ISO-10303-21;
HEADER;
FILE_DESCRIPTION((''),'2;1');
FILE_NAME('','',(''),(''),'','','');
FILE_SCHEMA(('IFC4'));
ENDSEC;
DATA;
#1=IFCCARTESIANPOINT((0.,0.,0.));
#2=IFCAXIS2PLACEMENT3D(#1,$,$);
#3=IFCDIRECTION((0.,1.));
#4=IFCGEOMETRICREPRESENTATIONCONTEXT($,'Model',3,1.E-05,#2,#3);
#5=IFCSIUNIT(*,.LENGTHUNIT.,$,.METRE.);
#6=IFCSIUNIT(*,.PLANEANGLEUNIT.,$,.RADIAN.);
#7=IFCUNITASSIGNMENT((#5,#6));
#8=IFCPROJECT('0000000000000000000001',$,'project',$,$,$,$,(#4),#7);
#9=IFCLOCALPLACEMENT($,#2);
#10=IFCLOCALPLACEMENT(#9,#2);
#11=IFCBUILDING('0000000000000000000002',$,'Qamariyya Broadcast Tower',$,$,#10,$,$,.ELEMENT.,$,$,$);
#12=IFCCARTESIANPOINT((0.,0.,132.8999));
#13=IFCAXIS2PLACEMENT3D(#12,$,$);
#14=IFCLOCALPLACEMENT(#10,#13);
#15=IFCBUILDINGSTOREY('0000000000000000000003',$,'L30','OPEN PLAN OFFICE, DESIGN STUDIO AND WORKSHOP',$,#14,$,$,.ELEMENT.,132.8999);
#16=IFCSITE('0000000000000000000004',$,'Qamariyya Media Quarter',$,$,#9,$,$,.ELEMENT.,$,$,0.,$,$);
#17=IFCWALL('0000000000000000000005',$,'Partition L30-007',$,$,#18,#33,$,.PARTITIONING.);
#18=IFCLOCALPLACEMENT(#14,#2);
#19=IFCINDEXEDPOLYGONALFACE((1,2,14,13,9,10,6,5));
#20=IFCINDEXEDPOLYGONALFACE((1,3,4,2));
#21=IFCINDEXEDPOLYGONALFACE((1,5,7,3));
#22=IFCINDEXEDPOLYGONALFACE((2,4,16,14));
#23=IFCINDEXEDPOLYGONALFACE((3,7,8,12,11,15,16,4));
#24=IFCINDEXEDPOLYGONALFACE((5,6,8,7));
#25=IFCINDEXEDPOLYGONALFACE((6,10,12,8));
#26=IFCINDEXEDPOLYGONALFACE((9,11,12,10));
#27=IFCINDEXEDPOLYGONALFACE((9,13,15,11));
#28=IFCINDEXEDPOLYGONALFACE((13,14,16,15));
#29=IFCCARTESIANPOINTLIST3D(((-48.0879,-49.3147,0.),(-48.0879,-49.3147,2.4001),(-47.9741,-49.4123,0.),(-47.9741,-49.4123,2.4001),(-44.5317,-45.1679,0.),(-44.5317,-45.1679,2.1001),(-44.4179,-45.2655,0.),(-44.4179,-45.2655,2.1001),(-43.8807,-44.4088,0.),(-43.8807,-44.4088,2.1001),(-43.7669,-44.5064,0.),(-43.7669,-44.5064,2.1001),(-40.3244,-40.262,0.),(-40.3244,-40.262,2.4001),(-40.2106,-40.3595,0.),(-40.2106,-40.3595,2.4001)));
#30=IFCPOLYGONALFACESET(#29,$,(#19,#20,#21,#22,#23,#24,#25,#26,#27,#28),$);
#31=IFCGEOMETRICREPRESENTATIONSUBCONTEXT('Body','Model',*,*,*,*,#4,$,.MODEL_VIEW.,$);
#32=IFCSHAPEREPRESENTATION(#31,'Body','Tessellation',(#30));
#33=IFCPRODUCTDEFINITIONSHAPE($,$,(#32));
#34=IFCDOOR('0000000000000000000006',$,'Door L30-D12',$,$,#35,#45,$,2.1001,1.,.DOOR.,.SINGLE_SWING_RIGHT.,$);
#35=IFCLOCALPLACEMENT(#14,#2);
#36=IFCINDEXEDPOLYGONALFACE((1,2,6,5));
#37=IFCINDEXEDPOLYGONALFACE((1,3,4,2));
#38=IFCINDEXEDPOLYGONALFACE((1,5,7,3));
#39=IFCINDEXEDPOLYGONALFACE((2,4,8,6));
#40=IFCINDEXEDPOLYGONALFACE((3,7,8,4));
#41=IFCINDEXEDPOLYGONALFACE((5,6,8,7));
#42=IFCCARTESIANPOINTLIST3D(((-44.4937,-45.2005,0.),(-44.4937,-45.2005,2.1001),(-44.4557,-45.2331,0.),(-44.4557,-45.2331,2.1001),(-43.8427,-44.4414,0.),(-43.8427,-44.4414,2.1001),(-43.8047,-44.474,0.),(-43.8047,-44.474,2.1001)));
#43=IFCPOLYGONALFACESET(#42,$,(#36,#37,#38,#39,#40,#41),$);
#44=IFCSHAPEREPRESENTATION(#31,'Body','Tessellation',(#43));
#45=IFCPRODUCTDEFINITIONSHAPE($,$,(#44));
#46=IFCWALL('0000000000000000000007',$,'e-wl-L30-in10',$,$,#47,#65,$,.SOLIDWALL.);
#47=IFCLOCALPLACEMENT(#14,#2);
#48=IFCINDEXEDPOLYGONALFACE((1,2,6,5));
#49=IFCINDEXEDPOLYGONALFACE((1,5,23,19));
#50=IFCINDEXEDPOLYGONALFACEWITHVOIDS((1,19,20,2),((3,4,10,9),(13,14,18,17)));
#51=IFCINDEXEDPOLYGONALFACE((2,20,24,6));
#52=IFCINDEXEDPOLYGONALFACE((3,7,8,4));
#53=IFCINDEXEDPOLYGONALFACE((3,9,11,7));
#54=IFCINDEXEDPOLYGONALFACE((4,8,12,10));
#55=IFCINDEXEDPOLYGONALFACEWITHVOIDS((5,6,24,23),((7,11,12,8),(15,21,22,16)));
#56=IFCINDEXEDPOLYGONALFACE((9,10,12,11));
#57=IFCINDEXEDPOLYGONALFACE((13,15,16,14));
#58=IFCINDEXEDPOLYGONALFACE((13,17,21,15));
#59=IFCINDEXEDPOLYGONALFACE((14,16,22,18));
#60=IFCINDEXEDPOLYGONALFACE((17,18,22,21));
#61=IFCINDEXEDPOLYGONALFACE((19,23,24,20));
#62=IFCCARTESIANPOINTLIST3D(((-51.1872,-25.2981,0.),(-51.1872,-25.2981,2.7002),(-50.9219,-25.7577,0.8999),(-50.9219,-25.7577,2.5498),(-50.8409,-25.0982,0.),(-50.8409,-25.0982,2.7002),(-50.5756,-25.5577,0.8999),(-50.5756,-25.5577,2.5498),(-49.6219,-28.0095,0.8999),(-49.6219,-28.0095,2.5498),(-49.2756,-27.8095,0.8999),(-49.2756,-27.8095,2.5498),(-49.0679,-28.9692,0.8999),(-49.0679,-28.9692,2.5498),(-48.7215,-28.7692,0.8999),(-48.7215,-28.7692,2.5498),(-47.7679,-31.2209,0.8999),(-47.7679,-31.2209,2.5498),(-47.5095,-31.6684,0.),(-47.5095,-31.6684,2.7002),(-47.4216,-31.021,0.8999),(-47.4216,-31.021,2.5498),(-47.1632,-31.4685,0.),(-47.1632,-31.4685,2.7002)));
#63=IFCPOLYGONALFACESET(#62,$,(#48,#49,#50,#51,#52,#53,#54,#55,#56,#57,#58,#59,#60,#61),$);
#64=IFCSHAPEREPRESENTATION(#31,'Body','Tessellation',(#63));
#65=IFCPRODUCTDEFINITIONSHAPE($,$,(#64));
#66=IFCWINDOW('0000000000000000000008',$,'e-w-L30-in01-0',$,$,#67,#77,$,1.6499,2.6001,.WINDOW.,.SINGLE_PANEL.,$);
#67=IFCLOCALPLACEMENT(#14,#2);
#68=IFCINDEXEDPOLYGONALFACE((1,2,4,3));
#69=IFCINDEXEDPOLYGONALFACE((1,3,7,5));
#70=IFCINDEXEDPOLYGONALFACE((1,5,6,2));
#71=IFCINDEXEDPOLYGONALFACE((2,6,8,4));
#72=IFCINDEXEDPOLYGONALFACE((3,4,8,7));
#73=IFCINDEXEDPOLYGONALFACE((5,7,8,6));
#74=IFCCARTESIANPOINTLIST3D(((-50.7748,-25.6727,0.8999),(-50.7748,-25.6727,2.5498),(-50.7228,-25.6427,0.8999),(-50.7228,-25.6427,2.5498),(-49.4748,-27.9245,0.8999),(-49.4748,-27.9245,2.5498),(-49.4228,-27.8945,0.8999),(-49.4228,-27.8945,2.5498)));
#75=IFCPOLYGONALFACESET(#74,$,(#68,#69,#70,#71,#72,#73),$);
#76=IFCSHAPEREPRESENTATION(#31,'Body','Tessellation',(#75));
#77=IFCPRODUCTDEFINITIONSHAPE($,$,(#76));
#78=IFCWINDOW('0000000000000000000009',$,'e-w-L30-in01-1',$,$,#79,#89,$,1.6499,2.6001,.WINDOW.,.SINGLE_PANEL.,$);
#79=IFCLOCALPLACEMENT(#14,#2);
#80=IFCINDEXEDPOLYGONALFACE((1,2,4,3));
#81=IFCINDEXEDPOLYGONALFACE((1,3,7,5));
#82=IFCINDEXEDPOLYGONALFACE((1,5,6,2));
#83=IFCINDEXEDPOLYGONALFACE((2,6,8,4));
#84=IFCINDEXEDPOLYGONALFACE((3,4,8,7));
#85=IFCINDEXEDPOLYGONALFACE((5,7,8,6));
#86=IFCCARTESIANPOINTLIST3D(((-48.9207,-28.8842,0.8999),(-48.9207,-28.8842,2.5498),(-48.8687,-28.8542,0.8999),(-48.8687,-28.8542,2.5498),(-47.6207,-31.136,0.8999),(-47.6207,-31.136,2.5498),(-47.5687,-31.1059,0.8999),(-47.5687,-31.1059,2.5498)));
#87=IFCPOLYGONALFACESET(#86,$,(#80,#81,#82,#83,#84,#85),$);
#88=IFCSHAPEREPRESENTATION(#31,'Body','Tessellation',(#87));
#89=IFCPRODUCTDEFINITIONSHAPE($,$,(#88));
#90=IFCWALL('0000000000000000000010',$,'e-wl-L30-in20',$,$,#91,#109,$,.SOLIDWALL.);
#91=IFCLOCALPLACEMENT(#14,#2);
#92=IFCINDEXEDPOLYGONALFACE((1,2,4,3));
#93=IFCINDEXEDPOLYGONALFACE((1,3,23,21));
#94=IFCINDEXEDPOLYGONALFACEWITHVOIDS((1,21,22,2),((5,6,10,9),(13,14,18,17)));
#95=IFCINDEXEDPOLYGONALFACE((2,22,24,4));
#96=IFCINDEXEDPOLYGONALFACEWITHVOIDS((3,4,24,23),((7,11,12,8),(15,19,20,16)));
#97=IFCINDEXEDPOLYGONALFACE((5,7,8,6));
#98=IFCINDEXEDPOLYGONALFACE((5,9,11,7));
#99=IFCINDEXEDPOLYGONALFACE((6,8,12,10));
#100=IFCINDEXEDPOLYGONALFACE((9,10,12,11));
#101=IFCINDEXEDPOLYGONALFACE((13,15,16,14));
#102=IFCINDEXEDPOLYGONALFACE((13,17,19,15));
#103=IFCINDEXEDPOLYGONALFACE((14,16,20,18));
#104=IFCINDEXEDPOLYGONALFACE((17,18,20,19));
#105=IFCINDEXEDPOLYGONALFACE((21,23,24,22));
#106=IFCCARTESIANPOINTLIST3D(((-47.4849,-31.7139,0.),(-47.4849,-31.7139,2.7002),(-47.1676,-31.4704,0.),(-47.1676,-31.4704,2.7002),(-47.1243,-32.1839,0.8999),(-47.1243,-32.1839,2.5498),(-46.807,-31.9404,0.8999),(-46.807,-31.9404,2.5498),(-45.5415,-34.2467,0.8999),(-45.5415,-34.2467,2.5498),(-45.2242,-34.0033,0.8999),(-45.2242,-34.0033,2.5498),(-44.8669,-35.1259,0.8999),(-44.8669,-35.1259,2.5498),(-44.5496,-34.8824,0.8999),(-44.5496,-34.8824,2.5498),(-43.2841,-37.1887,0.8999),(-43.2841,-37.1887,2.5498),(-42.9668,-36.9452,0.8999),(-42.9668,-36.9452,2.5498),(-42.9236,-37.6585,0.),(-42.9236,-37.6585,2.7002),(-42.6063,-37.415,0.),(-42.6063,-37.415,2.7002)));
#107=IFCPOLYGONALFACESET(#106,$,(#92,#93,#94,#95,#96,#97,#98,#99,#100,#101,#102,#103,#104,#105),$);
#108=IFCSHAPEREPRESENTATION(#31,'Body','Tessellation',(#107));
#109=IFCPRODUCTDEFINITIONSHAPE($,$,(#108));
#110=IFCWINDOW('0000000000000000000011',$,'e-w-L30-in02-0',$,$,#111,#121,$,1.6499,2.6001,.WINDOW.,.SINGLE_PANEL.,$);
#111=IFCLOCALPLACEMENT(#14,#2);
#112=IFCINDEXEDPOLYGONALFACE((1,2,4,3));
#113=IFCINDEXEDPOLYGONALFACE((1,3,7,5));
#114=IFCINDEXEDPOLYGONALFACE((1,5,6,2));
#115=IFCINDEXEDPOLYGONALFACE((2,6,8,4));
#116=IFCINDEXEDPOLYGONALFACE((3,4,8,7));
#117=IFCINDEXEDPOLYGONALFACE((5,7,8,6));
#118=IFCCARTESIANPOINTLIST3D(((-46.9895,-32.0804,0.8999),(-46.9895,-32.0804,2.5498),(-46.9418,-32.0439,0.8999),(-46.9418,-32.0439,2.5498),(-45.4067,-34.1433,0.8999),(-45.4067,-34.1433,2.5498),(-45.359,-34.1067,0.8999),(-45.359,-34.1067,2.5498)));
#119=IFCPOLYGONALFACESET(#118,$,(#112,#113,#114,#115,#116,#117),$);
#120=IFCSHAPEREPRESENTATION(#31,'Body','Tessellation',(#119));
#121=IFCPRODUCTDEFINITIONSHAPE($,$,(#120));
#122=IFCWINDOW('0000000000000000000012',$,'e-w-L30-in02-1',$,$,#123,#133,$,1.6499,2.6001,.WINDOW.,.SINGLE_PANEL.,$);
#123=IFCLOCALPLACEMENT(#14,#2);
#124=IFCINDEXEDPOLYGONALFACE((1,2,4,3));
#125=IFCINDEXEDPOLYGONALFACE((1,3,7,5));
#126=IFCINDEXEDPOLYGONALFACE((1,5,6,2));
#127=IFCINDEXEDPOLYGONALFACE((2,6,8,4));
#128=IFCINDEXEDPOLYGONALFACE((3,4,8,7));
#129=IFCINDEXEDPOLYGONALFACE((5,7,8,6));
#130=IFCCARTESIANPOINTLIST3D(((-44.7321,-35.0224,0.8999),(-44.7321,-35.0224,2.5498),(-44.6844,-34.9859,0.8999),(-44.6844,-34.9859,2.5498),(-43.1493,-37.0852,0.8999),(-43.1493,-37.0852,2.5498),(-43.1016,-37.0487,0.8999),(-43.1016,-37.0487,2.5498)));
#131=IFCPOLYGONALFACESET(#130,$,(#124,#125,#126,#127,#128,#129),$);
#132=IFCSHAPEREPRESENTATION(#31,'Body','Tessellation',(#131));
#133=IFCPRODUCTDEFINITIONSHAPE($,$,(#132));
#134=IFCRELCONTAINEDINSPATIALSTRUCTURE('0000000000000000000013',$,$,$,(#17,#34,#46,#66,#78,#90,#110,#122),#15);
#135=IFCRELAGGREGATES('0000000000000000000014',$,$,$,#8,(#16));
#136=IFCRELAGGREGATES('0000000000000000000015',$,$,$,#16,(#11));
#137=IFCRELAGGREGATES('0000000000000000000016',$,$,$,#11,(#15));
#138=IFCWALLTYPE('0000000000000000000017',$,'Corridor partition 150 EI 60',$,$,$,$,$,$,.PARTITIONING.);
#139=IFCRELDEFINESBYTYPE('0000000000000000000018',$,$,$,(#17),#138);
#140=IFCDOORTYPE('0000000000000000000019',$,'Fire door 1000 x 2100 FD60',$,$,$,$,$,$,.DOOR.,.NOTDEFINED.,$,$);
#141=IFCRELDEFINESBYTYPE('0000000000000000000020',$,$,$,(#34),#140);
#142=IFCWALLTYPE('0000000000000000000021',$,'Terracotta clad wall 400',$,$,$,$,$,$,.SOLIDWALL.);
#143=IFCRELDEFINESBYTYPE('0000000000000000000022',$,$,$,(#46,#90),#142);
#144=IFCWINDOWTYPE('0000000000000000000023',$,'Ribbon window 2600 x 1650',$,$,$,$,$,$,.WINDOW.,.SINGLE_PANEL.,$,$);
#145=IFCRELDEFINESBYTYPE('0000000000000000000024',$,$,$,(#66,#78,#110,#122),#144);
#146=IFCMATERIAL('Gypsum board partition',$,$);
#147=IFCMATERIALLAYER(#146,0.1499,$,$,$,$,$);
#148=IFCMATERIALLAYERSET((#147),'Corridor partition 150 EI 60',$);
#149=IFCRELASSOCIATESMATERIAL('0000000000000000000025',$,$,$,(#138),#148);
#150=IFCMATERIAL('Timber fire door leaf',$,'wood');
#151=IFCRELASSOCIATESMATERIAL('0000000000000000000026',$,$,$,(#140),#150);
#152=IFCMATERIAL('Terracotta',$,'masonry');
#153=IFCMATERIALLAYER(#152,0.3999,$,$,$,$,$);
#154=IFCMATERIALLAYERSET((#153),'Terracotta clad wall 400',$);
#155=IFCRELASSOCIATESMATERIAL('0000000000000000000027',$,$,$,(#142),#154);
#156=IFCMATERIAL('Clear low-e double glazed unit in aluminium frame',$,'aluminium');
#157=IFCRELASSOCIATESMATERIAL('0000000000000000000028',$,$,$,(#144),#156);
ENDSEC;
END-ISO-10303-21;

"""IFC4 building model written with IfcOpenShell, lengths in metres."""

from ifc_helpers import new_model, si_unit, direction, frame, frame_2d, origin, place, context, subcontext, project, spatial, rectangle, extrude, material, layer, layer_set, type_object, element, fill, save


model = new_model("IFC4")

# Units and contexts
model_context = context("Model", 3, precision=1e-05, world=origin(), true_north=direction((0.0, 1.0)))
body_context = subcontext(model_context, "Body", "Model", "MODEL_VIEW")
ifc_project = project(units=[si_unit("LENGTHUNIT", "METRE"), si_unit("PLANEANGLEUNIT", "RADIAN")], contexts=[model_context])

# Site, building, storey
site_placement = place(None, origin())
site = spatial("IfcSite", under=ifc_project, at=site_placement, Name="Qamariyya Media Quarter", CompositionType="ELEMENT", RefElevation=0.0)
building_placement = place(site_placement, origin())
building = spatial("IfcBuilding", under=site, at=building_placement, Name="Qamariyya Broadcast Tower", CompositionType="ELEMENT")
storey_placement = place(building_placement, frame((0.0, 0.0, 132.8999)))
storey = spatial("IfcBuildingStorey", under=building, at=storey_placement, Name="L30", Description="OPEN PLAN OFFICE, DESIGN STUDIO AND WORKSHOP", CompositionType="ELEMENT", Elevation=132.8999)

# Shared definitions
ifc_material_1 = material(Name="Gypsum board partition")
ifc_layer_1 = layer(ifc_material_1, 0.1499)
ifc_layer_set_1 = layer_set([ifc_layer_1], Name="Corridor partition 150 EI 60")
wall_type_1 = type_object("IfcWallType", Name="Corridor partition 150 EI 60", PredefinedType="PARTITIONING", material=ifc_layer_set_1)

# Wall, opening, door
wall_1_placement = place(storey_placement, frame((-48.031, -49.3635, 0.0), z_axis=(0.0, 0.0, 1.0), x_axis=(0.650982, 0.759093, 0.0)))
wall_1 = element("IfcWall", 1, at=wall_1_placement, inside=storey, type_object=wall_type_1, Name="Partition L30-007", PredefinedType="PARTITIONING", context=body_context, shape_type="SweptSolid", body=[
    extrude(rectangle(XDim=11.9258, YDim=0.1499, at=frame_2d((5.9629, 0.0))), origin(), (0.0, 0.0, 1.0), 2.4001),
])
opening_1_placement = place(wall_1_placement, frame((5.4629, 0.0, 0.0)))
opening_1 = element("IfcOpeningElement", 2, at=opening_1_placement, cuts=wall_1, PredefinedType="OPENING", context=body_context, shape_type="SweptSolid", body=[
    extrude(rectangle(XDim=1.0, YDim=2.1001, at=frame_2d((0.5, 1.05))), frame((0.0, 0.085, 0.0), z_axis=(0.0, -1.0, 0.0), x_axis=(1.0, 0.0, 0.0)), (0.0, 0.0, 1.0), 0.1699),
])
ifc_material_2 = material(Name="Timber fire door leaf", Category="wood")
door_type = type_object("IfcDoorType", Name="Fire door 1000 x 2100 FD60", OperationType="NOTDEFINED", PredefinedType="DOOR", material=ifc_material_2)
door_placement = place(opening_1_placement, origin())
door = element("IfcDoor", 3, at=door_placement, inside=storey, type_object=door_type, Name="Door L30-D12", OperationType="SINGLE_SWING_RIGHT", OverallHeight=2.1001, OverallWidth=1.0, PredefinedType="DOOR", context=body_context, shape_type="SweptSolid", body=[
    extrude(rectangle(XDim=1.0, YDim=2.1001, at=frame_2d((0.5, 1.05))), frame((0.0, 0.0249, 0.0), z_axis=(0.0, -1.0, 0.0), x_axis=(1.0, 0.0, 0.0)), (0.0, 0.0, 1.0), 0.05),
])
fill(opening_1, door)

# Walls, openings, windows
ifc_material_3 = material(Name="Terracotta", Category="masonry")
ifc_layer_2 = layer(ifc_material_3, 0.3999)
ifc_layer_set_2 = layer_set([ifc_layer_2], Name="Terracotta clad wall 400")
wall_type_2 = type_object("IfcWallType", Name="Terracotta clad wall 400", PredefinedType="SOLIDWALL", material=ifc_layer_set_2)
wall_2_placement = place(storey_placement, frame((-47.3364, -31.5684, 0.0), z_axis=(0.0, 0.0, 1.0), x_axis=(-0.49998, 0.866037, 0.0)))
wall_2 = element("IfcWall", 4, at=wall_2_placement, inside=storey, type_object=wall_type_2, Name="e-wl-L30-in10", PredefinedType="SOLIDWALL", context=body_context, shape_type="SweptSolid", body=[
    extrude(rectangle(XDim=7.3557, YDim=0.3999, at=frame_2d((3.6777, 0.0))), origin(), (0.0, 0.0, 1.0), 2.7002),
])
opening_2_placement = place(wall_2_placement, frame((4.2249, 0.0, 0.8999)))
opening_2 = element("IfcOpeningElement", 5, at=opening_2_placement, cuts=wall_2, PredefinedType="OPENING", context=body_context, shape_type="SweptSolid", body=[
    extrude(rectangle(XDim=2.6001, YDim=1.6499, at=frame_2d((1.3, 0.825))), frame((0.0, 0.21, 0.0), z_axis=(0.0, -1.0, 0.0), x_axis=(1.0, 0.0, 0.0)), (0.0, 0.0, 1.0), 0.4199),
])
opening_3_placement = place(wall_2_placement, frame((0.5166, 0.0, 0.8999)))
opening_3 = element("IfcOpeningElement", 6, at=opening_3_placement, cuts=wall_2, PredefinedType="OPENING", context=body_context, shape_type="SweptSolid", body=[
    extrude(rectangle(XDim=2.6001, YDim=1.6499, at=frame_2d((1.3, 0.825))), frame((0.0, 0.21, 0.0), z_axis=(0.0, -1.0, 0.0), x_axis=(1.0, 0.0, 0.0)), (0.0, 0.0, 1.0), 0.4199),
])
ifc_material_4 = material(Name="Clear low-e double glazed unit in aluminium frame", Category="aluminium")
window_type = type_object("IfcWindowType", Name="Ribbon window 2600 x 1650", PartitioningType="SINGLE_PANEL", PredefinedType="WINDOW", material=ifc_material_4)
window_1_placement = place(opening_2_placement, origin())
window_1 = element("IfcWindow", 7, at=window_1_placement, inside=storey, type_object=window_type, Name="e-w-L30-in01-0", OverallHeight=1.6499, OverallWidth=2.6001, PartitioningType="SINGLE_PANEL", PredefinedType="WINDOW", context=body_context, shape_type="SweptSolid", body=[
    extrude(rectangle(XDim=2.6001, YDim=1.6499, at=frame_2d((1.3, 0.825))), frame((0.0, 0.03, 0.0), z_axis=(0.0, -1.0, 0.0), x_axis=(1.0, 0.0, 0.0)), (0.0, 0.0, 1.0), 0.0601),
])
fill(opening_2, window_1)
window_2_placement = place(opening_3_placement, origin())
window_2 = element("IfcWindow", 8, at=window_2_placement, inside=storey, type_object=window_type, Name="e-w-L30-in01-1", OverallHeight=1.6499, OverallWidth=2.6001, PartitioningType="SINGLE_PANEL", PredefinedType="WINDOW", context=body_context, shape_type="SweptSolid", body=[
    extrude(rectangle(XDim=2.6001, YDim=1.6499, at=frame_2d((1.3, 0.825))), frame((0.0, 0.03, 0.0), z_axis=(0.0, -1.0, 0.0), x_axis=(1.0, 0.0, 0.0)), (0.0, 0.0, 1.0), 0.0601),
])
fill(opening_3, window_2)
wall_3_placement = place(storey_placement, frame((-42.7649, -37.5369, 0.0), z_axis=(0.0, 0.0, 1.0), x_axis=(-0.608748, 0.793363, 0.0)))
wall_3 = element("IfcWall", 9, at=wall_3_placement, inside=storey, type_object=wall_type_2, Name="e-wl-L30-in20", PredefinedType="SOLIDWALL", context=body_context, shape_type="SweptSolid", body=[
    extrude(rectangle(XDim=7.4929, YDim=0.3999, at=frame_2d((3.7466, 0.0))), origin(), (0.0, 0.0, 1.0), 2.7002),
])
opening_4_placement = place(wall_3_placement, frame((4.3005, 0.0, 0.8999)))
opening_4 = element("IfcOpeningElement", 10, at=opening_4_placement, cuts=wall_3, PredefinedType="OPENING", context=body_context, shape_type="SweptSolid", body=[
    extrude(rectangle(XDim=2.6001, YDim=1.6499, at=frame_2d((1.3, 0.825))), frame((0.0, 0.21, 0.0), z_axis=(0.0, -1.0, 0.0), x_axis=(1.0, 0.0, 0.0)), (0.0, 0.0, 1.0), 0.4199),
])
opening_5_placement = place(wall_3_placement, frame((0.5923, 0.0, 0.8999)))
opening_5 = element("IfcOpeningElement", 11, at=opening_5_placement, cuts=wall_3, PredefinedType="OPENING", context=body_context, shape_type="SweptSolid", body=[
    extrude(rectangle(XDim=2.6001, YDim=1.6499, at=frame_2d((1.3, 0.825))), frame((0.0, 0.21, 0.0), z_axis=(0.0, -1.0, 0.0), x_axis=(1.0, 0.0, 0.0)), (0.0, 0.0, 1.0), 0.4199),
])
window_3_placement = place(opening_4_placement, origin())
window_3 = element("IfcWindow", 12, at=window_3_placement, inside=storey, type_object=window_type, Name="e-w-L30-in02-0", OverallHeight=1.6499, OverallWidth=2.6001, PartitioningType="SINGLE_PANEL", PredefinedType="WINDOW", context=body_context, shape_type="SweptSolid", body=[
    extrude(rectangle(XDim=2.6001, YDim=1.6499, at=frame_2d((1.3, 0.825))), frame((0.0, 0.03, 0.0), z_axis=(0.0, -1.0, 0.0), x_axis=(1.0, 0.0, 0.0)), (0.0, 0.0, 1.0), 0.0601),
])
fill(opening_4, window_3)
window_4_placement = place(opening_5_placement, origin())
window_4 = element("IfcWindow", 13, at=window_4_placement, inside=storey, type_object=window_type, Name="e-w-L30-in02-1", OverallHeight=1.6499, OverallWidth=2.6001, PartitioningType="SINGLE_PANEL", PredefinedType="WINDOW", context=body_context, shape_type="SweptSolid", body=[
    extrude(rectangle(XDim=2.6001, YDim=1.6499, at=frame_2d((1.3, 0.825))), frame((0.0, 0.03, 0.0), z_axis=(0.0, -1.0, 0.0), x_axis=(1.0, 0.0, 0.0)), (0.0, 0.0, 1.0), 0.0601),
])
fill(opening_5, window_4)

save(model, "model.ifc")
